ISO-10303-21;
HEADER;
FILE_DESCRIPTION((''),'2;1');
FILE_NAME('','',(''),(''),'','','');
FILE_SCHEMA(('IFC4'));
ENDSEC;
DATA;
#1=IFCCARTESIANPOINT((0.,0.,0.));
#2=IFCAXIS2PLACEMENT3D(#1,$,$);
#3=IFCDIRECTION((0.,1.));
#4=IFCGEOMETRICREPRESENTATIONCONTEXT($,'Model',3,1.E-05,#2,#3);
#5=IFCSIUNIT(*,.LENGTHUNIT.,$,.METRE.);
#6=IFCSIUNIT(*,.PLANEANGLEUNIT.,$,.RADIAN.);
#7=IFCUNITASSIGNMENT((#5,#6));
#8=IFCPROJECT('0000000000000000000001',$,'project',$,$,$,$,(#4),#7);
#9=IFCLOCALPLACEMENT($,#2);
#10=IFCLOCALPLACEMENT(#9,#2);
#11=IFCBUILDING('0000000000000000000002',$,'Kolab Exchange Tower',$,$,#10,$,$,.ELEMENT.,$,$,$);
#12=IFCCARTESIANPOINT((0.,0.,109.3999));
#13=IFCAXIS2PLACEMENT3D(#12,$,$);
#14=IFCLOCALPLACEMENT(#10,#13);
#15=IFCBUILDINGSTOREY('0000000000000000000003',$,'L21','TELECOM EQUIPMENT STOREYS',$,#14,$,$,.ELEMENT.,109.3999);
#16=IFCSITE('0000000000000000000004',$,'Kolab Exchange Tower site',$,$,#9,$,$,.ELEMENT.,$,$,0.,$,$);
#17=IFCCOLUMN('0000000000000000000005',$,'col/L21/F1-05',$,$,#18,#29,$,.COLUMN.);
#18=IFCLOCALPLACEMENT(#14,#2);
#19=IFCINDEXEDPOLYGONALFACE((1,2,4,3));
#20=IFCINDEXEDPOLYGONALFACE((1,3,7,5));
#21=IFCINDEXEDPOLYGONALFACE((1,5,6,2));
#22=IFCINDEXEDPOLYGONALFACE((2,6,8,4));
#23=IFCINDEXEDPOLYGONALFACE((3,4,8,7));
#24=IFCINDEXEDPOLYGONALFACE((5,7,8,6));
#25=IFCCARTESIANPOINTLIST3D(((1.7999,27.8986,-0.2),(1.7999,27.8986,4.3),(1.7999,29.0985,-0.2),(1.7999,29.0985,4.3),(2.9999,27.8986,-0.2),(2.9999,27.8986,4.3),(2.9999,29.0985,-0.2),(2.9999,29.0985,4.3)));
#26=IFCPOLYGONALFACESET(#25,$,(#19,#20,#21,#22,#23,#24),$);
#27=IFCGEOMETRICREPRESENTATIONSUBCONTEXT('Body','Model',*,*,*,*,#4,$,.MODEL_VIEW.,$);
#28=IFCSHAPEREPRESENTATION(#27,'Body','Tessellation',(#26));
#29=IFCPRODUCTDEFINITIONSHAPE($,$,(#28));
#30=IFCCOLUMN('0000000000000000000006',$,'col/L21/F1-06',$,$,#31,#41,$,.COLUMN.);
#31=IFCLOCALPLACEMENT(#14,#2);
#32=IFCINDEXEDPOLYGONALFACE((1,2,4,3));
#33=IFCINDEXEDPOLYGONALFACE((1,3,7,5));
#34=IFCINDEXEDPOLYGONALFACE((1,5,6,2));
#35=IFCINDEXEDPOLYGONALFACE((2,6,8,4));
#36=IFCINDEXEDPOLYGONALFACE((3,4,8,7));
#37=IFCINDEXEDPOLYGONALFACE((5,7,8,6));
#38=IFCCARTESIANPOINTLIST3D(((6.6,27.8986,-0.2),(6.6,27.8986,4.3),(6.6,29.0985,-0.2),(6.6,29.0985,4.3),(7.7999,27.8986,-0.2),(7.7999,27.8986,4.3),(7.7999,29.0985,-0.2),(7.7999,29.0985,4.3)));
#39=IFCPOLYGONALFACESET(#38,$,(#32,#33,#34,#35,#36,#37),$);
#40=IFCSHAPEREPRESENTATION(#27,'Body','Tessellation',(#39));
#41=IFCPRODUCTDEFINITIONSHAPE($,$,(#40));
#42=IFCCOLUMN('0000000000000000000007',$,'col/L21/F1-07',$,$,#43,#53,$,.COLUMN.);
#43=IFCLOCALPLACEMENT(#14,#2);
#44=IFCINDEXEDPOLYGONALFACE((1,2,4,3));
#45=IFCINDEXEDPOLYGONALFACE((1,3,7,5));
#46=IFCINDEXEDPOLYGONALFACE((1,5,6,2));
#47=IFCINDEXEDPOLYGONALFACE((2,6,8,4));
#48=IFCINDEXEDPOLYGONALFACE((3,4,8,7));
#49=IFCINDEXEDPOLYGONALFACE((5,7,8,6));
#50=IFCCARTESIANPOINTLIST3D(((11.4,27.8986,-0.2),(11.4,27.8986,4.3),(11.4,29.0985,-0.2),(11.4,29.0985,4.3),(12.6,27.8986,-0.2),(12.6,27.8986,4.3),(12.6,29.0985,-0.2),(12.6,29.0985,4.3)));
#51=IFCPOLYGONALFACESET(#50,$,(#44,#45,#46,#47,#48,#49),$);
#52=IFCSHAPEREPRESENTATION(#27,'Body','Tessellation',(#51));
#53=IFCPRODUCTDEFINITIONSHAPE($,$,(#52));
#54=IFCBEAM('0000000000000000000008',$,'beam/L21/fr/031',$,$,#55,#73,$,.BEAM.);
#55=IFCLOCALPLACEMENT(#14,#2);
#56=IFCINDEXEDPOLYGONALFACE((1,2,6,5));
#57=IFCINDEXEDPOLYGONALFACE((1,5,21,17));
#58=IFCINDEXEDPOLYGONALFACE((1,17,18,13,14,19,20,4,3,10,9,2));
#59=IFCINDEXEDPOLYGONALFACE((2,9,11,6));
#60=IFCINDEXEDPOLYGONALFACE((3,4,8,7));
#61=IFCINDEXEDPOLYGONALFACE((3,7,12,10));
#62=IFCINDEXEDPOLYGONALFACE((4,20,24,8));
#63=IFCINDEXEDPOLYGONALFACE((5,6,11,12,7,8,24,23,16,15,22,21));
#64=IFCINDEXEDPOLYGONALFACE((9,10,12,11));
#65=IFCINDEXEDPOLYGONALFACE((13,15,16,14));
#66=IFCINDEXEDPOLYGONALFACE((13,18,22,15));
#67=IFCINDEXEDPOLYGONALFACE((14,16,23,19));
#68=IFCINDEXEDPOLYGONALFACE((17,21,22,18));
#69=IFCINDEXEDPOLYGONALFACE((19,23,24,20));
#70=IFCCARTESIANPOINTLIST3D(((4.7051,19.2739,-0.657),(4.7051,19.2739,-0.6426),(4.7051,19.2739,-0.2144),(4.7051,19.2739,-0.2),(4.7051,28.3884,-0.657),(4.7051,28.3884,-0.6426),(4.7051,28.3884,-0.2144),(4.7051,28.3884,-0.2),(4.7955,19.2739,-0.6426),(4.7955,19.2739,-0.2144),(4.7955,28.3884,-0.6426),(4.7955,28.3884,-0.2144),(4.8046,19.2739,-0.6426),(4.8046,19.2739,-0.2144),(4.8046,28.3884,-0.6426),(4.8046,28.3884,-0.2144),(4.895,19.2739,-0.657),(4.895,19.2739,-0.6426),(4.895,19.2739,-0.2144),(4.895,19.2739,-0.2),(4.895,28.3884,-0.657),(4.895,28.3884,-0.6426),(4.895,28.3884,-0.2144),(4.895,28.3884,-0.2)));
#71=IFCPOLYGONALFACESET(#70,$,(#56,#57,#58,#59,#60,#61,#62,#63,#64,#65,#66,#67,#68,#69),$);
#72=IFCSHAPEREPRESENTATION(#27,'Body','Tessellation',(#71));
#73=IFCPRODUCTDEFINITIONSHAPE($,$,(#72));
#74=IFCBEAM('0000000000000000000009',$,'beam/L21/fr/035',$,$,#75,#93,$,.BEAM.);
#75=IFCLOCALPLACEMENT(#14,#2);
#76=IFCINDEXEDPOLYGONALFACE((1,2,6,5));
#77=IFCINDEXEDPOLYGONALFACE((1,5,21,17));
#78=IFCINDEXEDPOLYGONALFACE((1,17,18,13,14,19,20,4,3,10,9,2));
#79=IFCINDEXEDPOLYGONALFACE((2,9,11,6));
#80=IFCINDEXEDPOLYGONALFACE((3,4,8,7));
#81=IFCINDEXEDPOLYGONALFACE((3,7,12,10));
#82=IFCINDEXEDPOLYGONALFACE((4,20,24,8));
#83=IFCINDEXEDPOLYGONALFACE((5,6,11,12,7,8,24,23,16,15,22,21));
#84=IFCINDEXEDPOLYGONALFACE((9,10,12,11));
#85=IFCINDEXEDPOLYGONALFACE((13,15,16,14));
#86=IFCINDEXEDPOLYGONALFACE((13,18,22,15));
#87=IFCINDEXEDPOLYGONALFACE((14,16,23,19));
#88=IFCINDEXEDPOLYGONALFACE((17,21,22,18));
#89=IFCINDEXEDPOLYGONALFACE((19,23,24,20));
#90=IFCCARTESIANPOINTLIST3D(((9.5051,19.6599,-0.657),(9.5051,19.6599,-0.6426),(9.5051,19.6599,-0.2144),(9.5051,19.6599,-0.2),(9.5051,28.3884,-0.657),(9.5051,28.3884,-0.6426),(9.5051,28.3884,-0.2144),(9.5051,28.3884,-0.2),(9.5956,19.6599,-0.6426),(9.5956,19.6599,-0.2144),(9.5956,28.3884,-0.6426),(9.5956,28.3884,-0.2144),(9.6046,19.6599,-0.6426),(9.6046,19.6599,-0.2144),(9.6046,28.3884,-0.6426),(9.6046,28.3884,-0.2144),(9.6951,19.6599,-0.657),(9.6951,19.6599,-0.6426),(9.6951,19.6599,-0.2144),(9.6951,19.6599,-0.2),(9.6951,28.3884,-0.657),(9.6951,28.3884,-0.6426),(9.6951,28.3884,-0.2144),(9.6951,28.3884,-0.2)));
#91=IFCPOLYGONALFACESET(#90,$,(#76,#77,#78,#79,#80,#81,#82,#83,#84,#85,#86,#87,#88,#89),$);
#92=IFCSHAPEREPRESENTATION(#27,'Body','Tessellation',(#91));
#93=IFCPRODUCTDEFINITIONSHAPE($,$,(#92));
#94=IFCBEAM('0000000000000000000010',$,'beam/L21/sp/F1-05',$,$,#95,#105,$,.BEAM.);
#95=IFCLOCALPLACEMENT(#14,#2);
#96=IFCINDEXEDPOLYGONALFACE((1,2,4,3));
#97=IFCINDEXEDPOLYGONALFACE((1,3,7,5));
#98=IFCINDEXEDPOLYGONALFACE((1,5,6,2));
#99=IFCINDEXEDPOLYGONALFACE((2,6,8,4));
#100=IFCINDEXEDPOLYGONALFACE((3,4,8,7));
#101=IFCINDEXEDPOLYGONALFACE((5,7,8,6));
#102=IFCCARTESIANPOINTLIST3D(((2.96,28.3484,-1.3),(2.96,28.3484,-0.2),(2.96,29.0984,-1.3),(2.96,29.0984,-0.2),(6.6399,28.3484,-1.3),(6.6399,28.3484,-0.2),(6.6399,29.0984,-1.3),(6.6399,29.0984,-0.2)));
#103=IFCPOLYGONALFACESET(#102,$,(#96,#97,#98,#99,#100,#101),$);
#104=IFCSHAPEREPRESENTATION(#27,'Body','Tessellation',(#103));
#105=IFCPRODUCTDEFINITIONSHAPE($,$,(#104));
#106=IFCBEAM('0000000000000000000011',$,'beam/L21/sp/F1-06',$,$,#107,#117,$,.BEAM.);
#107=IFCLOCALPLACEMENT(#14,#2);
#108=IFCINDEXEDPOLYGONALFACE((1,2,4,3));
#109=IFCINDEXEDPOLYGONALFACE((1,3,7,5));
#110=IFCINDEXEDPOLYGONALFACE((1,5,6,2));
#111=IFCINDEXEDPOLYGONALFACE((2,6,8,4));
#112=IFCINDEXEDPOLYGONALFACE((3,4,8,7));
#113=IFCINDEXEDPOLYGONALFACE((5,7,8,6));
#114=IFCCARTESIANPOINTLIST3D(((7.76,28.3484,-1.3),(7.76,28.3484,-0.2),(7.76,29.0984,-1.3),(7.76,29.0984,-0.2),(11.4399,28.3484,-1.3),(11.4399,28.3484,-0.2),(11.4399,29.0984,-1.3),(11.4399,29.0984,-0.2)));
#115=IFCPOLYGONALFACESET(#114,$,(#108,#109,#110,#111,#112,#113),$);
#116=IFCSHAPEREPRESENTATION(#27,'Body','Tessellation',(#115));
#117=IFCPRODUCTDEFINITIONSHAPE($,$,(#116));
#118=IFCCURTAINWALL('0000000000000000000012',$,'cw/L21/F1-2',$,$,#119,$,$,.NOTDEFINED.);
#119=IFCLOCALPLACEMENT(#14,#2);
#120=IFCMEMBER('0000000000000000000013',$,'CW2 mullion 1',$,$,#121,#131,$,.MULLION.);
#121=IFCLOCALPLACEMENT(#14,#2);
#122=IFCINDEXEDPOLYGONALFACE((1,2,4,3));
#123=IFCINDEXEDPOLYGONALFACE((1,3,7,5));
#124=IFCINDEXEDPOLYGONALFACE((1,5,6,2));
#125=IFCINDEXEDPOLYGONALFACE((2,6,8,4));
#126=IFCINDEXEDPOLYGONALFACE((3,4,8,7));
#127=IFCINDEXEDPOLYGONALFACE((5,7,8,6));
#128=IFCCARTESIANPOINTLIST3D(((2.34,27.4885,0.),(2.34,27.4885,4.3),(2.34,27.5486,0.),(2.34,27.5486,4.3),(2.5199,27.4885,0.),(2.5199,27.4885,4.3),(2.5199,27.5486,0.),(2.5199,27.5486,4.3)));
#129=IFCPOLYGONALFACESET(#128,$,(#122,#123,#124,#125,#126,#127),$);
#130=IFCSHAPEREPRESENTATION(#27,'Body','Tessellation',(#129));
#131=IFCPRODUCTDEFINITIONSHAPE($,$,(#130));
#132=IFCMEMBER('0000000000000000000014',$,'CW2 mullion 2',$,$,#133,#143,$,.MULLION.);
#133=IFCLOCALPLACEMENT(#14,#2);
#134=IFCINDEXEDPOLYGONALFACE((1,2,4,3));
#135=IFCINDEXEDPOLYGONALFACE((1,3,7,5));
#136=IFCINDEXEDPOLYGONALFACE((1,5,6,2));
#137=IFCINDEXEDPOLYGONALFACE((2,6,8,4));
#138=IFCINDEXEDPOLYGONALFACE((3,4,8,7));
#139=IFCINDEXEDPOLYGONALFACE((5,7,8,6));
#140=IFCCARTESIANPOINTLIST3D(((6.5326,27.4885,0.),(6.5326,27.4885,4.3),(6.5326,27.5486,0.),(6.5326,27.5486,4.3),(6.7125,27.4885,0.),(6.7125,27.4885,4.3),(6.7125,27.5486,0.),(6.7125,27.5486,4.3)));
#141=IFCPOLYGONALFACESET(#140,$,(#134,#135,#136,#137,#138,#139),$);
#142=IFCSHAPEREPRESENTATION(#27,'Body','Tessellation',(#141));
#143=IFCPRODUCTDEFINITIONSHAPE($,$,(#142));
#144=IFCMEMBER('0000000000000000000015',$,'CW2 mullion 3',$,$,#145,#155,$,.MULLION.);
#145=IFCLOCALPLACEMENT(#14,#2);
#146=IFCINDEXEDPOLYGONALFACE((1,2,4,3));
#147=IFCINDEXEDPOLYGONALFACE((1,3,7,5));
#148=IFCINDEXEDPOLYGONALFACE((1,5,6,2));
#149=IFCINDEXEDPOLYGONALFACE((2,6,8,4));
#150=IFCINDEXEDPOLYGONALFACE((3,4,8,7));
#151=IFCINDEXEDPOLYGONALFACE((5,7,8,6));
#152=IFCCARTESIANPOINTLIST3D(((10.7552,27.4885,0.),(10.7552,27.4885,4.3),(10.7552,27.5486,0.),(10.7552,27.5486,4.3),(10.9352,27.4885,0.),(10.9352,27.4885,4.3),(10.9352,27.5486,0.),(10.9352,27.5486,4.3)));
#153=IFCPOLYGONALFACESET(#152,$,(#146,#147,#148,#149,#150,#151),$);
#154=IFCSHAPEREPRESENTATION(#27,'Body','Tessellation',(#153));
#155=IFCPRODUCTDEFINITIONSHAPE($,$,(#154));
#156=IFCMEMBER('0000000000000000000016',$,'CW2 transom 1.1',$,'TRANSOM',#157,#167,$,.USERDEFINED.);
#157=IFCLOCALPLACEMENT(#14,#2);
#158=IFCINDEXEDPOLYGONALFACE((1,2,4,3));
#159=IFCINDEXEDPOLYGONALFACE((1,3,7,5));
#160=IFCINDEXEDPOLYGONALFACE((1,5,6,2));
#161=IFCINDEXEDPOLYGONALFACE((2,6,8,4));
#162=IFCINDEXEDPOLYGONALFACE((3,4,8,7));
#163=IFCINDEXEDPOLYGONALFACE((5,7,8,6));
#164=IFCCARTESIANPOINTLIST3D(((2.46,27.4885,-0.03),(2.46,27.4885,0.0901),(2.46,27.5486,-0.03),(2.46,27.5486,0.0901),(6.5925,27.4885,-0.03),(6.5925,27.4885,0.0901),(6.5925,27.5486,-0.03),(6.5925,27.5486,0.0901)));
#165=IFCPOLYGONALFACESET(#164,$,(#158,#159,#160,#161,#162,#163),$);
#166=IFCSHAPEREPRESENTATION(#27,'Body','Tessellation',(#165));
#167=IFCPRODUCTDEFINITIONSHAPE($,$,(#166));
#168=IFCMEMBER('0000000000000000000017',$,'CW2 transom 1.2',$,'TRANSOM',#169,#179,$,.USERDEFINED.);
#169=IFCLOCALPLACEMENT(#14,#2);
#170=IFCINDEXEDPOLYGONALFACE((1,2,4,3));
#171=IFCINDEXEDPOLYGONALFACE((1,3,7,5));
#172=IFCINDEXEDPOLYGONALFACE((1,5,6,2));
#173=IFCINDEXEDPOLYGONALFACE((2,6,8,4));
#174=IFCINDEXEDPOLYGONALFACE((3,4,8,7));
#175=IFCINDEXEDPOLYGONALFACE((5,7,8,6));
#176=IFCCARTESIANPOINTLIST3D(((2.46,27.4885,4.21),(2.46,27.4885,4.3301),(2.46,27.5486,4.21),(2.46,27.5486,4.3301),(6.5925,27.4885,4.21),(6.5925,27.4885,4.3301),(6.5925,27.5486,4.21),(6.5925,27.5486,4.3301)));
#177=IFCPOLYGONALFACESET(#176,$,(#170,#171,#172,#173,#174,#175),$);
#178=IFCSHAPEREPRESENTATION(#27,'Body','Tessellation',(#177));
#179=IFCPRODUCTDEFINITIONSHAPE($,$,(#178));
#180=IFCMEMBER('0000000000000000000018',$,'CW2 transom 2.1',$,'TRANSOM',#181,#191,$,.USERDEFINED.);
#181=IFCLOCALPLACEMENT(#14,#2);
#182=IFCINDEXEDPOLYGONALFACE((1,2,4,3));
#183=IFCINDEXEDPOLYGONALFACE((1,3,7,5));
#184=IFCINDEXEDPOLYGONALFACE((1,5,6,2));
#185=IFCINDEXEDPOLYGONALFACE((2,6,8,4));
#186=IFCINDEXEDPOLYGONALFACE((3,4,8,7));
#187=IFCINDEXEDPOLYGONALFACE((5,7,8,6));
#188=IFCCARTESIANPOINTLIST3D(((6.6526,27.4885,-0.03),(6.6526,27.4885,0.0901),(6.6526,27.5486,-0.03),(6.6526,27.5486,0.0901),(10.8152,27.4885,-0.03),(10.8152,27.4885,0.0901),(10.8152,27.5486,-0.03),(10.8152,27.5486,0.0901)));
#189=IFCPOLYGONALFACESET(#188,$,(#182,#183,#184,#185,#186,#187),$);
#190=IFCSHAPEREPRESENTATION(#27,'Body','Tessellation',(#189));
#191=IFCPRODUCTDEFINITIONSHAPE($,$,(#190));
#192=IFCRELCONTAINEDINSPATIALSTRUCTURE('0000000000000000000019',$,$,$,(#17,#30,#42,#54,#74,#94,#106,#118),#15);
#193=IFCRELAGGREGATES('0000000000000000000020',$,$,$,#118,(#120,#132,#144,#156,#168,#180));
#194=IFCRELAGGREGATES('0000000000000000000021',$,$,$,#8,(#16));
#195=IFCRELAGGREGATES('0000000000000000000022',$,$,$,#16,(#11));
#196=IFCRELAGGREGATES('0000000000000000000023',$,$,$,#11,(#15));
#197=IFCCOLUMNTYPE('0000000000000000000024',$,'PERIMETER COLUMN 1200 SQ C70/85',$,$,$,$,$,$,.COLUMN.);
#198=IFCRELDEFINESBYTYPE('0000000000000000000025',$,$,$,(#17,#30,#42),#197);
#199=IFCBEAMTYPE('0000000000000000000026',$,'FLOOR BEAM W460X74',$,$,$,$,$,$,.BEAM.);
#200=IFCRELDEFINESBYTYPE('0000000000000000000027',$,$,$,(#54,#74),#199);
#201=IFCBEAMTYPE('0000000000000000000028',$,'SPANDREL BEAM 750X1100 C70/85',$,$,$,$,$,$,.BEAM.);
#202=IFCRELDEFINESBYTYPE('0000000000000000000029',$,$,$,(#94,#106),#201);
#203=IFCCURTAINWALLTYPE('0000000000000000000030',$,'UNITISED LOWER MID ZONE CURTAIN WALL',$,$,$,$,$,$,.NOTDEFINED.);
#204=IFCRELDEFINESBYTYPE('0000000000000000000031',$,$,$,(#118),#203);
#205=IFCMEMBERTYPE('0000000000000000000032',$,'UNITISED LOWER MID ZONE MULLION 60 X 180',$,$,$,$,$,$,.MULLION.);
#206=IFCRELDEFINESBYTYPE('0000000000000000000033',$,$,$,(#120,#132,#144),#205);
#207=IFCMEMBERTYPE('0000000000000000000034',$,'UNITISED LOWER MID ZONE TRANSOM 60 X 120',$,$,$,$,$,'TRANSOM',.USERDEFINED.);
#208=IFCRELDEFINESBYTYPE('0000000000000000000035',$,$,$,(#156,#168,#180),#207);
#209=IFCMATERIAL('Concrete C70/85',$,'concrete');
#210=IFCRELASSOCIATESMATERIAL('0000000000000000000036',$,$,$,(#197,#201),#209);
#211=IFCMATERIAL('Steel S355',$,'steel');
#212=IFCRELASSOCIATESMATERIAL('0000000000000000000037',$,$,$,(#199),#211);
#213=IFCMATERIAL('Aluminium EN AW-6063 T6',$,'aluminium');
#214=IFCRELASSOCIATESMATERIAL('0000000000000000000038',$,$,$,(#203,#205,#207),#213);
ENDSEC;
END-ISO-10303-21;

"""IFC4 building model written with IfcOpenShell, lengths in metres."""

from ifc_helpers import new_model, si_unit, direction, frame, origin, origin_2d, place, context, subcontext, project, spatial, rectangle, i_section, extrude, material, material_profile, profile_set, type_object, element, aggregate, save


model = new_model("IFC4")

# Units and contexts
model_context = context("Model", 3, precision=1e-05, world=origin(), true_north=direction((0.0, 1.0)))
body_context = subcontext(model_context, "Body", "Model", "MODEL_VIEW")
ifc_project = project(units=[si_unit("LENGTHUNIT", "METRE"), si_unit("PLANEANGLEUNIT", "RADIAN")], contexts=[model_context])

# Site, building, storey
site_placement = place(None, origin())
site = spatial("IfcSite", under=ifc_project, at=site_placement, Name="Kolab Exchange Tower site", CompositionType="ELEMENT", RefElevation=0.0)
building_placement = place(site_placement, origin())
building = spatial("IfcBuilding", under=site, at=building_placement, Name="Kolab Exchange Tower", CompositionType="ELEMENT")
storey_placement = place(building_placement, frame((0.0, 0.0, 109.3999)))
storey = spatial("IfcBuildingStorey", under=building, at=storey_placement, Name="L21", Description="TELECOM EQUIPMENT STOREYS", CompositionType="ELEMENT", Elevation=109.3999)

# Columns
ifc_material_1 = material(Name="Concrete C70/85", Category="concrete")
ifc_material_profile_1 = material_profile(ifc_material_1, rectangle(XDim=1.2, YDim=1.2, at=origin_2d()), Name="RC1200")
ifc_profile_set_1 = profile_set([ifc_material_profile_1], Name="Concrete C70/85")
column_type = type_object("IfcColumnType", Name="PERIMETER COLUMN 1200 SQ C70/85", PredefinedType="COLUMN", material=ifc_profile_set_1)
for number, where, z_axis, x_axis, name in (
    (1, (2.3999, 28.4985, -0.2), (0.0, 0.0, 1.0), (1.0, 0.0, 0.0), "col/L21/F1-05"),
    (2, (7.2, 28.4985, -0.2), (0.0, 0.0, 1.0), (1.0, 0.0, 0.0), "col/L21/F1-06"),
    (3, (12.0, 28.4985, -0.2), (0.0, 0.0, 1.0), (1.0, 0.0, 0.0), "col/L21/F1-07"),
):
    element("IfcColumn", number, at=place(storey_placement, frame(where, z_axis=z_axis, x_axis=x_axis)), inside=storey, type_object=column_type, Name=name, PredefinedType="COLUMN", context=body_context, shape_type="SweptSolid", body=[
        extrude(rectangle(XDim=1.2, YDim=1.2, at=origin_2d()), origin(), (0.0, 0.0, 1.0), 4.5),
    ])

# Beams
ifc_material_2 = material(Name="Steel S355", Category="steel")
ifc_material_profile_2 = material_profile(ifc_material_2, i_section(OverallWidth=0.1899, OverallDepth=0.457, WebThickness=0.009, FlangeThickness=0.0144, at=origin_2d()), Name="W460X74")
ifc_profile_set_2 = profile_set([ifc_material_profile_2], Name="Steel S355")
beam_type_1 = type_object("IfcBeamType", Name="FLOOR BEAM W460X74", PredefinedType="BEAM", material=ifc_profile_set_2)
beam_1_placement = place(storey_placement, frame((4.8, 19.2739, -0.4285), z_axis=(0.0, 1.0, 0.0), x_axis=(-1.0, 0.0, 0.0)))
element("IfcBeam", 4, at=beam_1_placement, inside=storey, type_object=beam_type_1, Name="beam/L21/fr/031", PredefinedType="BEAM", context=body_context, shape_type="SweptSolid", body=[
    extrude(i_section(OverallWidth=0.1899, OverallDepth=0.457, WebThickness=0.009, FlangeThickness=0.0144, at=origin_2d()), origin(), (0.0, 0.0, 1.0), 9.1145),
])
beam_2_placement = place(storey_placement, frame((9.6001, 19.6599, -0.4285), z_axis=(0.0, 1.0, 0.0), x_axis=(-1.0, 0.0, 0.0)))
element("IfcBeam", 5, at=beam_2_placement, inside=storey, type_object=beam_type_1, Name="beam/L21/fr/035", PredefinedType="BEAM", context=body_context, shape_type="SweptSolid", body=[
    extrude(i_section(OverallWidth=0.1899, OverallDepth=0.457, WebThickness=0.009, FlangeThickness=0.0144, at=origin_2d()), origin(), (0.0, 0.0, 1.0), 8.7285),
])
ifc_material_profile_3 = material_profile(ifc_material_1, rectangle(XDim=0.75, YDim=1.1001, at=origin_2d()), Name="RC750X1100")
ifc_profile_set_3 = profile_set([ifc_material_profile_3], Name="Concrete C70/85")
beam_type_2 = type_object("IfcBeamType", Name="SPANDREL BEAM 750X1100 C70/85", PredefinedType="BEAM", material=ifc_profile_set_3)
for number, where, z_axis, x_axis, name in (
    (6, (2.96, 28.7234, -0.75), (1.0, 0.0, 0.0), (0.0, 1.0, 0.0), "beam/L21/sp/F1-05"),
    (7, (7.76, 28.7234, -0.75), (1.0, 0.0, 0.0), (0.0, 1.0, 0.0), "beam/L21/sp/F1-06"),
):
    element("IfcBeam", number, at=place(storey_placement, frame(where, z_axis=z_axis, x_axis=x_axis)), inside=storey, type_object=beam_type_2, Name=name, PredefinedType="BEAM", context=body_context, shape_type="SweptSolid", body=[
        extrude(rectangle(XDim=0.75, YDim=1.1001, at=origin_2d()), origin(), (0.0, 0.0, 1.0), 3.6799),
    ])

# Curtain wall, members
ifc_material_3 = material(Name="Aluminium EN AW-6063 T6", Category="aluminium")
curtain_wall_type = type_object("IfcCurtainWallType", Name="UNITISED LOWER MID ZONE CURTAIN WALL", PredefinedType="NOTDEFINED", material=ifc_material_3)
curtain_wall_placement = place(storey_placement, origin())
curtain_wall = element("IfcCurtainWall", 8, at=curtain_wall_placement, inside=storey, type_object=curtain_wall_type, Name="cw/L21/F1-2", PredefinedType="NOTDEFINED")
ifc_material_profile_4 = material_profile(ifc_material_3, rectangle(XDim=0.0601, YDim=0.1799, at=origin_2d()), Name="RECT 60X180")
ifc_profile_set_4 = profile_set([ifc_material_profile_4], Name="Aluminium EN AW-6063 T6")
member_type_1 = type_object("IfcMemberType", Name="UNITISED LOWER MID ZONE MULLION 60 X 180", PredefinedType="MULLION", material=ifc_profile_set_4)
member_1_placement = place(storey_placement, frame((2.4299, 27.5186, 0.0), z_axis=(0.0, 0.0, 1.0), x_axis=(0.0, 1.0, 0.0)))
member_1 = element("IfcMember", 9, at=member_1_placement, type_object=member_type_1, Name="CW2 mullion 1", PredefinedType="MULLION", context=body_context, shape_type="SweptSolid", body=[
    extrude(rectangle(XDim=0.0601, YDim=0.1799, at=origin_2d()), origin(), (0.0, 0.0, 1.0), 4.3),
])
member_2_placement = place(storey_placement, frame((6.6226, 27.5186, 0.0), z_axis=(0.0, 0.0, 1.0), x_axis=(0.0, 1.0, 0.0)))
member_2 = element("IfcMember", 10, at=member_2_placement, type_object=member_type_1, Name="CW2 mullion 2", PredefinedType="MULLION", context=body_context, shape_type="SweptSolid", body=[
    extrude(rectangle(XDim=0.0601, YDim=0.1799, at=origin_2d()), origin(), (0.0, 0.0, 1.0), 4.3),
])
member_3_placement = place(storey_placement, frame((10.8452, 27.5186, 0.0), z_axis=(0.0, 0.0, 1.0), x_axis=(0.0, 1.0, 0.0)))
member_3 = element("IfcMember", 11, at=member_3_placement, type_object=member_type_1, Name="CW2 mullion 3", PredefinedType="MULLION", context=body_context, shape_type="SweptSolid", body=[
    extrude(rectangle(XDim=0.0601, YDim=0.1799, at=origin_2d()), origin(), (0.0, 0.0, 1.0), 4.3),
])
ifc_material_profile_5 = material_profile(ifc_material_3, rectangle(XDim=0.0601, YDim=0.1201, at=origin_2d()), Name="RECT 60X120")
ifc_profile_set_5 = profile_set([ifc_material_profile_5], Name="Aluminium EN AW-6063 T6")
member_type_2 = type_object("IfcMemberType", Name="UNITISED LOWER MID ZONE TRANSOM 60 X 120", ElementType="TRANSOM", PredefinedType="USERDEFINED", material=ifc_profile_set_5)
member_4_placement = place(storey_placement, frame((2.46, 27.5186, 0.03), z_axis=(1.0, 0.0, 0.0), x_axis=(0.0, 1.0, 0.0)))
member_4 = element("IfcMember", 12, at=member_4_placement, type_object=member_type_2, Name="CW2 transom 1.1", ObjectType="TRANSOM", PredefinedType="USERDEFINED", context=body_context, shape_type="SweptSolid", body=[
    extrude(rectangle(XDim=0.0601, YDim=0.1201, at=origin_2d()), origin(), (0.0, 0.0, 1.0), 4.1326),
])
member_5_placement = place(storey_placement, frame((2.46, 27.5186, 4.27), z_axis=(1.0, 0.0, 0.0), x_axis=(0.0, 1.0, 0.0)))
member_5 = element("IfcMember", 13, at=member_5_placement, type_object=member_type_2, Name="CW2 transom 1.2", ObjectType="TRANSOM", PredefinedType="USERDEFINED", context=body_context, shape_type="SweptSolid", body=[
    extrude(rectangle(XDim=0.0601, YDim=0.1201, at=origin_2d()), origin(), (0.0, 0.0, 1.0), 4.1326),
])
member_6_placement = place(storey_placement, frame((6.6526, 27.5186, 0.03), z_axis=(1.0, 0.0, 0.0), x_axis=(0.0, 1.0, 0.0)))
member_6 = element("IfcMember", 14, at=member_6_placement, type_object=member_type_2, Name="CW2 transom 2.1", ObjectType="TRANSOM", PredefinedType="USERDEFINED", context=body_context, shape_type="SweptSolid", body=[
    extrude(rectangle(XDim=0.0601, YDim=0.1201, at=origin_2d()), origin(), (0.0, 0.0, 1.0), 4.1626),
])
aggregate(curtain_wall, [member_1, member_2, member_3, member_4, member_5, member_6])

save(model, "model.ifc")
